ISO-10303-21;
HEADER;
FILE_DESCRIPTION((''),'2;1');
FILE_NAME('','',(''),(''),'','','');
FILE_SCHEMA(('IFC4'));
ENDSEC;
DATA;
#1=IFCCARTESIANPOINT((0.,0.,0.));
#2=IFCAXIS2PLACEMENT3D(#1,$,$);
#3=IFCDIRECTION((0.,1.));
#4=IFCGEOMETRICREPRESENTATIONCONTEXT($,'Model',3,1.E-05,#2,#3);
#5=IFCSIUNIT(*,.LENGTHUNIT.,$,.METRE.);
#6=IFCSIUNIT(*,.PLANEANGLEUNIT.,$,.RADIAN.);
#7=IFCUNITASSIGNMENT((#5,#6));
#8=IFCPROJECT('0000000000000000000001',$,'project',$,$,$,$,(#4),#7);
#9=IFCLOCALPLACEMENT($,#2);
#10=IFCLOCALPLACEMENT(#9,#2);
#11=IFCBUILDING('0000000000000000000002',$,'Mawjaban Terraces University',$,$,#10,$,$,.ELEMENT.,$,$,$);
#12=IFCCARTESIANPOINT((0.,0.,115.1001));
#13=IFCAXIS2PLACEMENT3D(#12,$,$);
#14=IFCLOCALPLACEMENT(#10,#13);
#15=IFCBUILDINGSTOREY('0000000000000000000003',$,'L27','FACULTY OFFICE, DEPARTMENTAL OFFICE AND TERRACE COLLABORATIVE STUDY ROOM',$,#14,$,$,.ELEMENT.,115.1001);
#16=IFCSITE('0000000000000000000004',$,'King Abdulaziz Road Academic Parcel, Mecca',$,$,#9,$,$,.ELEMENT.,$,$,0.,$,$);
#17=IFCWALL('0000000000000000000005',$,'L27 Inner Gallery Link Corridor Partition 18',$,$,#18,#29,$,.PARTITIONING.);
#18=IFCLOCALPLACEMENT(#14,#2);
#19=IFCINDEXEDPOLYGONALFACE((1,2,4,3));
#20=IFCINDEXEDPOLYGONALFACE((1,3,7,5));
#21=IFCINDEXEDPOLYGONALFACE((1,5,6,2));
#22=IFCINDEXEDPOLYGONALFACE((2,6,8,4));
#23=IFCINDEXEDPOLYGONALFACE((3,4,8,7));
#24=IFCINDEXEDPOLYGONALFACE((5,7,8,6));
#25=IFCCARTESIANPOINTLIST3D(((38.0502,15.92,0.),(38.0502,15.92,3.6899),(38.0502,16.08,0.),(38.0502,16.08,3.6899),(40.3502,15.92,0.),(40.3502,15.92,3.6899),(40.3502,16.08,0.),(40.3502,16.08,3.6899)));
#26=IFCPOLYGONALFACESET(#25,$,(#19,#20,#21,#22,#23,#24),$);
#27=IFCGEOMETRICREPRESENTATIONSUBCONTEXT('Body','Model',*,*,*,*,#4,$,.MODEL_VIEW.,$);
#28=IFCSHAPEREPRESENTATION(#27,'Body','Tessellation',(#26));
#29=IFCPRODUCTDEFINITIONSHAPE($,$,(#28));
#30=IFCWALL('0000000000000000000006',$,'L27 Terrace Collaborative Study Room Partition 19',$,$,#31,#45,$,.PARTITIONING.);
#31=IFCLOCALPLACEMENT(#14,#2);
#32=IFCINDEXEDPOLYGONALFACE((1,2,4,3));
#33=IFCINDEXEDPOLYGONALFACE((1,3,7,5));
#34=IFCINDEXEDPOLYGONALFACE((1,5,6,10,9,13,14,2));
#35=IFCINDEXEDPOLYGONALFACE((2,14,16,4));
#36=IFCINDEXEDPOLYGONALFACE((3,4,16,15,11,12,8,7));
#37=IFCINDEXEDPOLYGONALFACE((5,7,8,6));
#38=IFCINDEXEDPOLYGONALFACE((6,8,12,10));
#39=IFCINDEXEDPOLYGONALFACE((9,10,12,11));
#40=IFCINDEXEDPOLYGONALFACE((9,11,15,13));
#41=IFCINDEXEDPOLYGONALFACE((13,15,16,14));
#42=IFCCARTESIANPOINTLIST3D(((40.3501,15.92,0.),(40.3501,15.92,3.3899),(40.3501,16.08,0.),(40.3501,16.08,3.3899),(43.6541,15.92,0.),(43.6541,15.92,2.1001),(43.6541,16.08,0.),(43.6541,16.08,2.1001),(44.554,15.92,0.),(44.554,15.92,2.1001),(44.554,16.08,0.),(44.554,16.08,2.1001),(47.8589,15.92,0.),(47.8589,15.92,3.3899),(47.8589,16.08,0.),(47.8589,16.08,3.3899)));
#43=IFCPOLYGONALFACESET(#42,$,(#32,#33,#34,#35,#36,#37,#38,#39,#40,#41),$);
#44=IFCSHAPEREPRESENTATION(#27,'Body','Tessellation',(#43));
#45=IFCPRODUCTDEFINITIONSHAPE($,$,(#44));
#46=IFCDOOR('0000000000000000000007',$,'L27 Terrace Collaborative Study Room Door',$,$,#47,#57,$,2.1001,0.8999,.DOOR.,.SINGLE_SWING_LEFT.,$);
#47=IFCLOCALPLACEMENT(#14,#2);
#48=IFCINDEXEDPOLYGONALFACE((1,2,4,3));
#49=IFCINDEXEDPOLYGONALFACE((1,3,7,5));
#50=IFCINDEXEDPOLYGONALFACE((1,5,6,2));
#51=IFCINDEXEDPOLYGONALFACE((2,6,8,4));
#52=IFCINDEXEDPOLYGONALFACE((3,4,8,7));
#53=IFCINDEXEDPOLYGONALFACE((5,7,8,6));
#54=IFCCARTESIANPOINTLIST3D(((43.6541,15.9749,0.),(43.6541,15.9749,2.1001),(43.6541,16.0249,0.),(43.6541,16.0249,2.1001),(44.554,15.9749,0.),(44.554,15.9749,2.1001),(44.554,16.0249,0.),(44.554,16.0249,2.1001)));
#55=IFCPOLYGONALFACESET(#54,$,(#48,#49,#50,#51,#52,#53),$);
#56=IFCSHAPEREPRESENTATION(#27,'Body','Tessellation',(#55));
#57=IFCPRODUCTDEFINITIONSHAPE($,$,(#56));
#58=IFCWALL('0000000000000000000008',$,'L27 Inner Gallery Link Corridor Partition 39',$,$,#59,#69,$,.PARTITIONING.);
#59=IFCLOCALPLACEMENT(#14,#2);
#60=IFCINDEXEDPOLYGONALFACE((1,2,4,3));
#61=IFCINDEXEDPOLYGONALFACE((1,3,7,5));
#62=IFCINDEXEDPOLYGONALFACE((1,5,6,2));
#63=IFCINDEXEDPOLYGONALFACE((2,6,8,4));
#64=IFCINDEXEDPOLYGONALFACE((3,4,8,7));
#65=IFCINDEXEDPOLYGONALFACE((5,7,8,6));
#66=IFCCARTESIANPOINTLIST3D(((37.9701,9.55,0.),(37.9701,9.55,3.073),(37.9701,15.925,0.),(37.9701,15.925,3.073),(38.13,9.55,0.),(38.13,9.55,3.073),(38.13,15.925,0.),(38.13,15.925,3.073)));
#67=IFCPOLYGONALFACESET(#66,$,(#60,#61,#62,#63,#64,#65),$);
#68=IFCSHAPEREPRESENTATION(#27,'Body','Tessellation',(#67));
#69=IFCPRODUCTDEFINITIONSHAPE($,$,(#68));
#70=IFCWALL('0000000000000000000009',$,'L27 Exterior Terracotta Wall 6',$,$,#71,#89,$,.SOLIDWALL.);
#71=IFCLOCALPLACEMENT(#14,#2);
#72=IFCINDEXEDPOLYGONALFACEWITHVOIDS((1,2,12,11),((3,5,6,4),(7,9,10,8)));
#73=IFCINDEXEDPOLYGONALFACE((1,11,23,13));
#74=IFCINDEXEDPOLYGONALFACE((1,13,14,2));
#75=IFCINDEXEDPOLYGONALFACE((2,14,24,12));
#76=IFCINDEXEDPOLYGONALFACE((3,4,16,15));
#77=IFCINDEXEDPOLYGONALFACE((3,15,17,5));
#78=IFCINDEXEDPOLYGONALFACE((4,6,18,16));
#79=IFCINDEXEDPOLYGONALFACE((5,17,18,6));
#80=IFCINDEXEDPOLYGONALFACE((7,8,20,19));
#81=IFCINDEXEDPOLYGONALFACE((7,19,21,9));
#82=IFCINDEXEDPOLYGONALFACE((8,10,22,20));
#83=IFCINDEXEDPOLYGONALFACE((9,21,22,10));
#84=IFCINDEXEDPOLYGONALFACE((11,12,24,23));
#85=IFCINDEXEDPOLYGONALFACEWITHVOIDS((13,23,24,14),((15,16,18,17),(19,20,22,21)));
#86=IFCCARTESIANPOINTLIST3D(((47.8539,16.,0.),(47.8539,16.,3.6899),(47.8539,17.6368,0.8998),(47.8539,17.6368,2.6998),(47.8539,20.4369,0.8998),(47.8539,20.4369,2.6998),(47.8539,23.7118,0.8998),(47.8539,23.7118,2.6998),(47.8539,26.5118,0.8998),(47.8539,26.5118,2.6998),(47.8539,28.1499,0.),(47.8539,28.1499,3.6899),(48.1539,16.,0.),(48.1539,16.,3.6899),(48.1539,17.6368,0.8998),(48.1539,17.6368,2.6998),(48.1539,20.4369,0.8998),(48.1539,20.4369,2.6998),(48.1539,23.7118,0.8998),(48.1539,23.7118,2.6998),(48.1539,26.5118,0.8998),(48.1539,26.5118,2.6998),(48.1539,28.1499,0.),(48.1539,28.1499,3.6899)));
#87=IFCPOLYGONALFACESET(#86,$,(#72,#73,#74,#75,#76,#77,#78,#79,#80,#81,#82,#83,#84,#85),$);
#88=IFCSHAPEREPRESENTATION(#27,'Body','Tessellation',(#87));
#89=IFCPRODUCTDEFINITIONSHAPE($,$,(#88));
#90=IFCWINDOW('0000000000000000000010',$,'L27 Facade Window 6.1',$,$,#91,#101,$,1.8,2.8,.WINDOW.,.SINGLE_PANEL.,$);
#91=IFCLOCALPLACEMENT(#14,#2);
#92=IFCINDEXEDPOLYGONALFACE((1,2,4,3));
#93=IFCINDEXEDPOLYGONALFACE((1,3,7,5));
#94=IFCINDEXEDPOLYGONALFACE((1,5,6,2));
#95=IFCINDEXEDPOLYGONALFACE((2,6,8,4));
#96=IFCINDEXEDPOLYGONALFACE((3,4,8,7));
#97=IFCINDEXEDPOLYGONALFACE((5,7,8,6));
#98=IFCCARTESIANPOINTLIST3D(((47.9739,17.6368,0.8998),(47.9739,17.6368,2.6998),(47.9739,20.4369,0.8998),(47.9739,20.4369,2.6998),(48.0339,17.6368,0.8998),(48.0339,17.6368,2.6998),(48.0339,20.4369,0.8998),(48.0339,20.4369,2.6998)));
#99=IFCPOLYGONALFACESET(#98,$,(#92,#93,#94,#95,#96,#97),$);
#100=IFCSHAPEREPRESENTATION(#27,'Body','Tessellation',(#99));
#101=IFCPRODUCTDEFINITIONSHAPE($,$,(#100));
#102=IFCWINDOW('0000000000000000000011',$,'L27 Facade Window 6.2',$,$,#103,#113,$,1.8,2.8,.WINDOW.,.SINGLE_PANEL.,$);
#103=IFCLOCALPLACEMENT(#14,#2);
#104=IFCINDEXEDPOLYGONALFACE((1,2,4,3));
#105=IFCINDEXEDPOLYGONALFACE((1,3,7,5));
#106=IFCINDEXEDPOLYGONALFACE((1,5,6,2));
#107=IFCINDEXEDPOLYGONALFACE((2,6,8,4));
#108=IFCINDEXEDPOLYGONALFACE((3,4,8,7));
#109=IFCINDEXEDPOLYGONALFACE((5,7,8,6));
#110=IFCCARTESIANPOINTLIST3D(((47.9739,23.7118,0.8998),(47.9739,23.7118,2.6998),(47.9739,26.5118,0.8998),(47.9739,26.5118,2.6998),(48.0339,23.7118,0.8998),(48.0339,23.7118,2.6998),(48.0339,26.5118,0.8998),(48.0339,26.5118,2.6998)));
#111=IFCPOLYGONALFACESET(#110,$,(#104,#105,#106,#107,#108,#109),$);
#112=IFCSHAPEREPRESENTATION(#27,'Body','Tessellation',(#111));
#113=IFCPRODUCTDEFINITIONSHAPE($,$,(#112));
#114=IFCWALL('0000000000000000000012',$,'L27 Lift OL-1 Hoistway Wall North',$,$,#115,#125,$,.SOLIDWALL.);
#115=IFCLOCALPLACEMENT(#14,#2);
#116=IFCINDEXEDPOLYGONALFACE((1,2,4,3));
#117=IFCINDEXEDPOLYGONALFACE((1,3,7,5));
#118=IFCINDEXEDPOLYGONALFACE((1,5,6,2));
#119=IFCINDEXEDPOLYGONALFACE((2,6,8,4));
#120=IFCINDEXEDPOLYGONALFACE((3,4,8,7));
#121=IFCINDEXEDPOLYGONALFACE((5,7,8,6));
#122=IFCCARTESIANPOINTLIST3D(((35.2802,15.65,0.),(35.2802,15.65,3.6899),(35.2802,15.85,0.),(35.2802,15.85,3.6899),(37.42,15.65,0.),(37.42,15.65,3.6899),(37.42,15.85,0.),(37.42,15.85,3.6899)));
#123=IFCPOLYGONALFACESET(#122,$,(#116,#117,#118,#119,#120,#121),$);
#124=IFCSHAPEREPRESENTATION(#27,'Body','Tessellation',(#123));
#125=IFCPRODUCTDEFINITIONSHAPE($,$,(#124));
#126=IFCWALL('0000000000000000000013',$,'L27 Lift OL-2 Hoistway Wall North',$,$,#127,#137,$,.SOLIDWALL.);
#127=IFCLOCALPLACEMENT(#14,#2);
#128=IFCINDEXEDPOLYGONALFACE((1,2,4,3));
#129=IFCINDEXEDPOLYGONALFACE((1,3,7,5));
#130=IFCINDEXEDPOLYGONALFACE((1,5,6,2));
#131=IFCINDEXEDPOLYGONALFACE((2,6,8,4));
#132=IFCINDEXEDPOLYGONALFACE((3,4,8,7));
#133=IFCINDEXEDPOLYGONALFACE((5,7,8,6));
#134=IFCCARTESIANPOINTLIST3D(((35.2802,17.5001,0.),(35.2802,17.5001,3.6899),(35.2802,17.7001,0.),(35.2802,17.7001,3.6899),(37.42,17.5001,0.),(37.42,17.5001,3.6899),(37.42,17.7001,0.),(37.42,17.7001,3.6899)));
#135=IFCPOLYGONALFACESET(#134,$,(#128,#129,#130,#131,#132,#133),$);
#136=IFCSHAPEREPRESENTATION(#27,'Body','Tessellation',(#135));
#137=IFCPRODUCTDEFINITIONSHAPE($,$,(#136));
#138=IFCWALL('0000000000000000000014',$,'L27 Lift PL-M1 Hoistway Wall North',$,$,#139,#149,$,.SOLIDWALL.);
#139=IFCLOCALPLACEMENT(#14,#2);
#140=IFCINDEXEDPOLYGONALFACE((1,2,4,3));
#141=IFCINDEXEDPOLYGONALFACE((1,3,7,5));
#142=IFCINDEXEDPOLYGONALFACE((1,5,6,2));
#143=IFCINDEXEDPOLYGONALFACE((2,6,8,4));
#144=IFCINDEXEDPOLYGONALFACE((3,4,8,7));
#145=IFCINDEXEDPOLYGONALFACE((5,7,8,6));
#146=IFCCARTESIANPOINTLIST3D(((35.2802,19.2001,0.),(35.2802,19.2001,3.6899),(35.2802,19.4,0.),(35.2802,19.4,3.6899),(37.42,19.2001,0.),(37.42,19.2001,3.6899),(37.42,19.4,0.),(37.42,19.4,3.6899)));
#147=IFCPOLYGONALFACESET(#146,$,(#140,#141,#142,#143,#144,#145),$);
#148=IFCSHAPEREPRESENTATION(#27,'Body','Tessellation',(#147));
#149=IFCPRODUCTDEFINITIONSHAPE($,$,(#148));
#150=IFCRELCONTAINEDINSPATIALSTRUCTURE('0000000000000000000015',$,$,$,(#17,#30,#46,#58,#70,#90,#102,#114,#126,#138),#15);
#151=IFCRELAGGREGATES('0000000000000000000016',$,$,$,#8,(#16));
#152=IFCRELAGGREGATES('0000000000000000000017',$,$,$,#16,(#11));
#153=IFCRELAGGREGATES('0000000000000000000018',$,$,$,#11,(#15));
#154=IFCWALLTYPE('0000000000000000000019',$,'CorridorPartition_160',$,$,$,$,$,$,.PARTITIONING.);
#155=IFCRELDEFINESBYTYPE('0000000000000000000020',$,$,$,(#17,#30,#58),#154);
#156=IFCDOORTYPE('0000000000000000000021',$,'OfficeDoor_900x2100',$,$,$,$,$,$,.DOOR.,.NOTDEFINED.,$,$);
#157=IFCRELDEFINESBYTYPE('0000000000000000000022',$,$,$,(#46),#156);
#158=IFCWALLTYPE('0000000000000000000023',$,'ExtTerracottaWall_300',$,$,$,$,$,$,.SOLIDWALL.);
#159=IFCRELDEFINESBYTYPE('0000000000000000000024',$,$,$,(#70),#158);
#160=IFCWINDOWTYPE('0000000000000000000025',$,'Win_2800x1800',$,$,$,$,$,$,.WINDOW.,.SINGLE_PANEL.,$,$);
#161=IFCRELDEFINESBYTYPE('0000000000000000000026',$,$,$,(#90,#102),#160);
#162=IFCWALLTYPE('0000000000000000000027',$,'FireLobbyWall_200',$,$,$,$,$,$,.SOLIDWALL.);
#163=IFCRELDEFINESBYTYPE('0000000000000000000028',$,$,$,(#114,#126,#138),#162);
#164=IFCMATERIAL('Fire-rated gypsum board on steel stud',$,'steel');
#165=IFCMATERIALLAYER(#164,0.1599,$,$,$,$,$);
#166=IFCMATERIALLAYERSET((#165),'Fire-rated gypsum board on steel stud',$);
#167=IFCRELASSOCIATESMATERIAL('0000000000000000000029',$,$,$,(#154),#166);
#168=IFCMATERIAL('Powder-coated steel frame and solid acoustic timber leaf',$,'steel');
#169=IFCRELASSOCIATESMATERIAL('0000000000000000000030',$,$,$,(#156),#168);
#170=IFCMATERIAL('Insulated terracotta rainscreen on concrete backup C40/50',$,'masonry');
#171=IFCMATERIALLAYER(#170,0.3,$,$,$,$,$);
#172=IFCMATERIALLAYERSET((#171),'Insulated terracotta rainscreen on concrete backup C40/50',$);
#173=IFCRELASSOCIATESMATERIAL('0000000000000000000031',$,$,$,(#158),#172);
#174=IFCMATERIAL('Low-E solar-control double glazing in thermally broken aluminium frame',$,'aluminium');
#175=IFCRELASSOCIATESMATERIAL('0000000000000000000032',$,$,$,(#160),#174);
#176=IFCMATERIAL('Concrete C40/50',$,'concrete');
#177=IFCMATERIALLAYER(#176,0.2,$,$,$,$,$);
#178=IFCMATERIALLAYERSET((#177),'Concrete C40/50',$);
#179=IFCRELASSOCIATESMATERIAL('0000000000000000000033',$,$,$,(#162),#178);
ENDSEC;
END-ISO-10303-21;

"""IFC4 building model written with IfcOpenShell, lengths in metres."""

from ifc_helpers import new_model, si_unit, direction, frame, frame_2d, origin, place, context, subcontext, project, spatial, rectangle, extrude, material, layer, layer_set, type_object, element, fill, save


model = new_model("IFC4")

# Units and contexts
model_context = context("Model", 3, precision=1e-05, world=origin(), true_north=direction((0.0, 1.0)))
body_context = subcontext(model_context, "Body", "Model", "MODEL_VIEW")
ifc_project = project(units=[si_unit("LENGTHUNIT", "METRE"), si_unit("PLANEANGLEUNIT", "RADIAN")], contexts=[model_context])

# Site, building, storey
site_placement = place(None, origin())
site = spatial("IfcSite", under=ifc_project, at=site_placement, Name="King Abdulaziz Road Academic Parcel, Mecca", CompositionType="ELEMENT", RefElevation=0.0)
building_placement = place(site_placement, origin())
building = spatial("IfcBuilding", under=site, at=building_placement, Name="Mawjaban Terraces University", CompositionType="ELEMENT")
storey_placement = place(building_placement, frame((0.0, 0.0, 115.1001)))
storey = spatial("IfcBuildingStorey", under=building, at=storey_placement, Name="L27", Description="FACULTY OFFICE, DEPARTMENTAL OFFICE AND TERRACE COLLABORATIVE STUDY ROOM", CompositionType="ELEMENT", Elevation=115.1001)

# Wall
ifc_material_1 = material(Name="Fire-rated gypsum board on steel stud", Category="steel")
ifc_layer_1 = layer(ifc_material_1, 0.1599)
ifc_layer_set_1 = layer_set([ifc_layer_1], Name="Fire-rated gypsum board on steel stud")
wall_type_1 = type_object("IfcWallType", Name="CorridorPartition_160", PredefinedType="PARTITIONING", material=ifc_layer_set_1)
wall_1_placement = place(storey_placement, frame((40.3501, 16.0, 0.0), z_axis=(0.0, 0.0, 1.0), x_axis=(-1.0, 0.0, 0.0)))
element("IfcWall", 1, at=wall_1_placement, inside=storey, type_object=wall_type_1, Name="L27 Inner Gallery Link Corridor Partition 18", PredefinedType="PARTITIONING", context=body_context, shape_type="SweptSolid", body=[
    extrude(rectangle(XDim=2.3, YDim=0.1599, at=frame_2d((1.1499, 0.0))), origin(), (0.0, 0.0, 1.0), 3.6899),
])

# Wall, opening, door
wall_2_placement = place(storey_placement, frame((40.3501, 16.0, 0.0), z_axis=(0.0, 0.0, 1.0), x_axis=(1.0, 0.0, 0.0)))
wall_2 = element("IfcWall", 2, at=wall_2_placement, inside=storey, type_object=wall_type_1, Name="L27 Terrace Collaborative Study Room Partition 19", PredefinedType="PARTITIONING", context=body_context, shape_type="SweptSolid", body=[
    extrude(rectangle(XDim=7.5088, YDim=0.1599, at=frame_2d((3.7544, 0.0))), origin(), (0.0, 0.0, 1.0), 3.3899),
])
opening_1_placement = place(wall_2_placement, frame((3.304, 0.0, 0.0)))
opening_1 = element("IfcOpeningElement", 3, at=opening_1_placement, cuts=wall_2, PredefinedType="OPENING", context=body_context, shape_type="SweptSolid", body=[
    extrude(rectangle(XDim=0.8999, YDim=2.1001, at=frame_2d((0.45, 1.05))), frame((0.0, 0.0898, 0.0), z_axis=(0.0, -1.0, 0.0), x_axis=(1.0, 0.0, 0.0)), (0.0, 0.0, 1.0), 0.1799),
])
ifc_material_2 = material(Name="Powder-coated steel frame and solid acoustic timber leaf", Category="steel")
door_type = type_object("IfcDoorType", Name="OfficeDoor_900x2100", OperationType="NOTDEFINED", PredefinedType="DOOR", material=ifc_material_2)
door_placement = place(opening_1_placement, origin())
door = element("IfcDoor", 4, at=door_placement, inside=storey, type_object=door_type, Name="L27 Terrace Collaborative Study Room Door", OperationType="SINGLE_SWING_LEFT", OverallHeight=2.1001, OverallWidth=0.8999, PredefinedType="DOOR", context=body_context, shape_type="SweptSolid", body=[
    extrude(rectangle(XDim=0.8999, YDim=2.1001, at=frame_2d((0.45, 1.05))), frame((0.0, 0.0249, 0.0), z_axis=(0.0, -1.0, 0.0), x_axis=(1.0, 0.0, 0.0)), (0.0, 0.0, 1.0), 0.05),
])
fill(opening_1, door)

# Wall
wall_3_placement = place(storey_placement, frame((38.05, 15.925, 0.0), z_axis=(0.0, 0.0, 1.0), x_axis=(0.0, -1.0, 0.0)))
element("IfcWall", 5, at=wall_3_placement, inside=storey, type_object=wall_type_1, Name="L27 Inner Gallery Link Corridor Partition 39", PredefinedType="PARTITIONING", context=body_context, shape_type="SweptSolid", body=[
    extrude(rectangle(XDim=6.375, YDim=0.1599, at=frame_2d((3.1875, 0.0))), origin(), (0.0, 0.0, 1.0), 3.073),
])

# Wall, openings, windows
ifc_material_3 = material(Name="Insulated terracotta rainscreen on concrete backup C40/50", Category="masonry")
ifc_layer_2 = layer(ifc_material_3, 0.3)
ifc_layer_set_2 = layer_set([ifc_layer_2], Name="Insulated terracotta rainscreen on concrete backup C40/50")
wall_type_2 = type_object("IfcWallType", Name="ExtTerracottaWall_300", PredefinedType="SOLIDWALL", material=ifc_layer_set_2)
wall_4_placement = place(storey_placement, frame((48.0039, 16.0, 0.0), z_axis=(0.0, 0.0, 1.0), x_axis=(0.0, 1.0, 0.0)))
wall_4 = element("IfcWall", 6, at=wall_4_placement, inside=storey, type_object=wall_type_2, Name="L27 Exterior Terracotta Wall 6", PredefinedType="SOLIDWALL", context=body_context, shape_type="SweptSolid", body=[
    extrude(rectangle(XDim=12.1499, YDim=0.3, at=frame_2d((6.075, 0.0))), origin(), (0.0, 0.0, 1.0), 3.6899),
])
opening_2_placement = place(wall_4_placement, frame((1.637, 0.0, 0.8999)))
opening_2 = element("IfcOpeningElement", 7, at=opening_2_placement, cuts=wall_4, PredefinedType="OPENING", context=body_context, shape_type="SweptSolid", body=[
    extrude(rectangle(XDim=2.8, YDim=1.8, at=frame_2d((1.3999, 0.8999))), frame((0.0, 0.1599, 0.0), z_axis=(0.0, -1.0, 0.0), x_axis=(1.0, 0.0, 0.0)), (0.0, 0.0, 1.0), 0.3201),
])
opening_3_placement = place(wall_4_placement, frame((7.7119, 0.0, 0.8999)))
opening_3 = element("IfcOpeningElement", 8, at=opening_3_placement, cuts=wall_4, PredefinedType="OPENING", context=body_context, shape_type="SweptSolid", body=[
    extrude(rectangle(XDim=2.8, YDim=1.8, at=frame_2d((1.3999, 0.8999))), frame((0.0, 0.1599, 0.0), z_axis=(0.0, -1.0, 0.0), x_axis=(1.0, 0.0, 0.0)), (0.0, 0.0, 1.0), 0.3201),
])
ifc_material_4 = material(Name="Low-E solar-control double glazing in thermally broken aluminium frame", Category="aluminium")
window_type = type_object("IfcWindowType", Name="Win_2800x1800", PartitioningType="SINGLE_PANEL", PredefinedType="WINDOW", material=ifc_material_4)
window_1_placement = place(opening_2_placement, origin())
window_1 = element("IfcWindow", 9, at=window_1_placement, inside=storey, type_object=window_type, Name="L27 Facade Window 6.1", OverallHeight=1.8, OverallWidth=2.8, PartitioningType="SINGLE_PANEL", PredefinedType="WINDOW", context=body_context, shape_type="SweptSolid", body=[
    extrude(rectangle(XDim=2.8, YDim=1.8, at=frame_2d((1.3999, 0.8999))), frame((0.0, 0.03, 0.0), z_axis=(0.0, -1.0, 0.0), x_axis=(1.0, 0.0, 0.0)), (0.0, 0.0, 1.0), 0.0601),
])
fill(opening_2, window_1)
window_2_placement = place(opening_3_placement, origin())
window_2 = element("IfcWindow", 10, at=window_2_placement, inside=storey, type_object=window_type, Name="L27 Facade Window 6.2", OverallHeight=1.8, OverallWidth=2.8, PartitioningType="SINGLE_PANEL", PredefinedType="WINDOW", context=body_context, shape_type="SweptSolid", body=[
    extrude(rectangle(XDim=2.8, YDim=1.8, at=frame_2d((1.3999, 0.8999))), frame((0.0, 0.03, 0.0), z_axis=(0.0, -1.0, 0.0), x_axis=(1.0, 0.0, 0.0)), (0.0, 0.0, 1.0), 0.0601),
])
fill(opening_3, window_2)

# Walls
ifc_material_5 = material(Name="Concrete C40/50", Category="concrete")
ifc_layer_3 = layer(ifc_material_5, 0.2)
ifc_layer_set_3 = layer_set([ifc_layer_3], Name="Concrete C40/50")
wall_type_3 = type_object("IfcWallType", Name="FireLobbyWall_200", PredefinedType="SOLIDWALL", material=ifc_layer_set_3)
for number, where, z_axis, x_axis, name in (
    (11, (37.4199, 15.75, 0.0), (0.0, 0.0, 1.0), (-1.0, 0.0, 0.0), "L27 Lift OL-1 Hoistway Wall North"),
    (12, (37.4199, 17.6001, 0.0), (0.0, 0.0, 1.0), (-1.0, 0.0, 0.0), "L27 Lift OL-2 Hoistway Wall North"),
    (13, (37.4199, 19.3, 0.0), (0.0, 0.0, 1.0), (-1.0, 0.0, 0.0), "L27 Lift PL-M1 Hoistway Wall North"),
):
    element("IfcWall", number, at=place(storey_placement, frame(where, z_axis=z_axis, x_axis=x_axis)), inside=storey, type_object=wall_type_3, Name=name, PredefinedType="SOLIDWALL", context=body_context, shape_type="SweptSolid", body=[
        extrude(rectangle(XDim=2.1399, YDim=0.2, at=frame_2d((1.0698, 0.0))), origin(), (0.0, 0.0, 1.0), 3.6899),
    ])

save(model, "model.ifc")
